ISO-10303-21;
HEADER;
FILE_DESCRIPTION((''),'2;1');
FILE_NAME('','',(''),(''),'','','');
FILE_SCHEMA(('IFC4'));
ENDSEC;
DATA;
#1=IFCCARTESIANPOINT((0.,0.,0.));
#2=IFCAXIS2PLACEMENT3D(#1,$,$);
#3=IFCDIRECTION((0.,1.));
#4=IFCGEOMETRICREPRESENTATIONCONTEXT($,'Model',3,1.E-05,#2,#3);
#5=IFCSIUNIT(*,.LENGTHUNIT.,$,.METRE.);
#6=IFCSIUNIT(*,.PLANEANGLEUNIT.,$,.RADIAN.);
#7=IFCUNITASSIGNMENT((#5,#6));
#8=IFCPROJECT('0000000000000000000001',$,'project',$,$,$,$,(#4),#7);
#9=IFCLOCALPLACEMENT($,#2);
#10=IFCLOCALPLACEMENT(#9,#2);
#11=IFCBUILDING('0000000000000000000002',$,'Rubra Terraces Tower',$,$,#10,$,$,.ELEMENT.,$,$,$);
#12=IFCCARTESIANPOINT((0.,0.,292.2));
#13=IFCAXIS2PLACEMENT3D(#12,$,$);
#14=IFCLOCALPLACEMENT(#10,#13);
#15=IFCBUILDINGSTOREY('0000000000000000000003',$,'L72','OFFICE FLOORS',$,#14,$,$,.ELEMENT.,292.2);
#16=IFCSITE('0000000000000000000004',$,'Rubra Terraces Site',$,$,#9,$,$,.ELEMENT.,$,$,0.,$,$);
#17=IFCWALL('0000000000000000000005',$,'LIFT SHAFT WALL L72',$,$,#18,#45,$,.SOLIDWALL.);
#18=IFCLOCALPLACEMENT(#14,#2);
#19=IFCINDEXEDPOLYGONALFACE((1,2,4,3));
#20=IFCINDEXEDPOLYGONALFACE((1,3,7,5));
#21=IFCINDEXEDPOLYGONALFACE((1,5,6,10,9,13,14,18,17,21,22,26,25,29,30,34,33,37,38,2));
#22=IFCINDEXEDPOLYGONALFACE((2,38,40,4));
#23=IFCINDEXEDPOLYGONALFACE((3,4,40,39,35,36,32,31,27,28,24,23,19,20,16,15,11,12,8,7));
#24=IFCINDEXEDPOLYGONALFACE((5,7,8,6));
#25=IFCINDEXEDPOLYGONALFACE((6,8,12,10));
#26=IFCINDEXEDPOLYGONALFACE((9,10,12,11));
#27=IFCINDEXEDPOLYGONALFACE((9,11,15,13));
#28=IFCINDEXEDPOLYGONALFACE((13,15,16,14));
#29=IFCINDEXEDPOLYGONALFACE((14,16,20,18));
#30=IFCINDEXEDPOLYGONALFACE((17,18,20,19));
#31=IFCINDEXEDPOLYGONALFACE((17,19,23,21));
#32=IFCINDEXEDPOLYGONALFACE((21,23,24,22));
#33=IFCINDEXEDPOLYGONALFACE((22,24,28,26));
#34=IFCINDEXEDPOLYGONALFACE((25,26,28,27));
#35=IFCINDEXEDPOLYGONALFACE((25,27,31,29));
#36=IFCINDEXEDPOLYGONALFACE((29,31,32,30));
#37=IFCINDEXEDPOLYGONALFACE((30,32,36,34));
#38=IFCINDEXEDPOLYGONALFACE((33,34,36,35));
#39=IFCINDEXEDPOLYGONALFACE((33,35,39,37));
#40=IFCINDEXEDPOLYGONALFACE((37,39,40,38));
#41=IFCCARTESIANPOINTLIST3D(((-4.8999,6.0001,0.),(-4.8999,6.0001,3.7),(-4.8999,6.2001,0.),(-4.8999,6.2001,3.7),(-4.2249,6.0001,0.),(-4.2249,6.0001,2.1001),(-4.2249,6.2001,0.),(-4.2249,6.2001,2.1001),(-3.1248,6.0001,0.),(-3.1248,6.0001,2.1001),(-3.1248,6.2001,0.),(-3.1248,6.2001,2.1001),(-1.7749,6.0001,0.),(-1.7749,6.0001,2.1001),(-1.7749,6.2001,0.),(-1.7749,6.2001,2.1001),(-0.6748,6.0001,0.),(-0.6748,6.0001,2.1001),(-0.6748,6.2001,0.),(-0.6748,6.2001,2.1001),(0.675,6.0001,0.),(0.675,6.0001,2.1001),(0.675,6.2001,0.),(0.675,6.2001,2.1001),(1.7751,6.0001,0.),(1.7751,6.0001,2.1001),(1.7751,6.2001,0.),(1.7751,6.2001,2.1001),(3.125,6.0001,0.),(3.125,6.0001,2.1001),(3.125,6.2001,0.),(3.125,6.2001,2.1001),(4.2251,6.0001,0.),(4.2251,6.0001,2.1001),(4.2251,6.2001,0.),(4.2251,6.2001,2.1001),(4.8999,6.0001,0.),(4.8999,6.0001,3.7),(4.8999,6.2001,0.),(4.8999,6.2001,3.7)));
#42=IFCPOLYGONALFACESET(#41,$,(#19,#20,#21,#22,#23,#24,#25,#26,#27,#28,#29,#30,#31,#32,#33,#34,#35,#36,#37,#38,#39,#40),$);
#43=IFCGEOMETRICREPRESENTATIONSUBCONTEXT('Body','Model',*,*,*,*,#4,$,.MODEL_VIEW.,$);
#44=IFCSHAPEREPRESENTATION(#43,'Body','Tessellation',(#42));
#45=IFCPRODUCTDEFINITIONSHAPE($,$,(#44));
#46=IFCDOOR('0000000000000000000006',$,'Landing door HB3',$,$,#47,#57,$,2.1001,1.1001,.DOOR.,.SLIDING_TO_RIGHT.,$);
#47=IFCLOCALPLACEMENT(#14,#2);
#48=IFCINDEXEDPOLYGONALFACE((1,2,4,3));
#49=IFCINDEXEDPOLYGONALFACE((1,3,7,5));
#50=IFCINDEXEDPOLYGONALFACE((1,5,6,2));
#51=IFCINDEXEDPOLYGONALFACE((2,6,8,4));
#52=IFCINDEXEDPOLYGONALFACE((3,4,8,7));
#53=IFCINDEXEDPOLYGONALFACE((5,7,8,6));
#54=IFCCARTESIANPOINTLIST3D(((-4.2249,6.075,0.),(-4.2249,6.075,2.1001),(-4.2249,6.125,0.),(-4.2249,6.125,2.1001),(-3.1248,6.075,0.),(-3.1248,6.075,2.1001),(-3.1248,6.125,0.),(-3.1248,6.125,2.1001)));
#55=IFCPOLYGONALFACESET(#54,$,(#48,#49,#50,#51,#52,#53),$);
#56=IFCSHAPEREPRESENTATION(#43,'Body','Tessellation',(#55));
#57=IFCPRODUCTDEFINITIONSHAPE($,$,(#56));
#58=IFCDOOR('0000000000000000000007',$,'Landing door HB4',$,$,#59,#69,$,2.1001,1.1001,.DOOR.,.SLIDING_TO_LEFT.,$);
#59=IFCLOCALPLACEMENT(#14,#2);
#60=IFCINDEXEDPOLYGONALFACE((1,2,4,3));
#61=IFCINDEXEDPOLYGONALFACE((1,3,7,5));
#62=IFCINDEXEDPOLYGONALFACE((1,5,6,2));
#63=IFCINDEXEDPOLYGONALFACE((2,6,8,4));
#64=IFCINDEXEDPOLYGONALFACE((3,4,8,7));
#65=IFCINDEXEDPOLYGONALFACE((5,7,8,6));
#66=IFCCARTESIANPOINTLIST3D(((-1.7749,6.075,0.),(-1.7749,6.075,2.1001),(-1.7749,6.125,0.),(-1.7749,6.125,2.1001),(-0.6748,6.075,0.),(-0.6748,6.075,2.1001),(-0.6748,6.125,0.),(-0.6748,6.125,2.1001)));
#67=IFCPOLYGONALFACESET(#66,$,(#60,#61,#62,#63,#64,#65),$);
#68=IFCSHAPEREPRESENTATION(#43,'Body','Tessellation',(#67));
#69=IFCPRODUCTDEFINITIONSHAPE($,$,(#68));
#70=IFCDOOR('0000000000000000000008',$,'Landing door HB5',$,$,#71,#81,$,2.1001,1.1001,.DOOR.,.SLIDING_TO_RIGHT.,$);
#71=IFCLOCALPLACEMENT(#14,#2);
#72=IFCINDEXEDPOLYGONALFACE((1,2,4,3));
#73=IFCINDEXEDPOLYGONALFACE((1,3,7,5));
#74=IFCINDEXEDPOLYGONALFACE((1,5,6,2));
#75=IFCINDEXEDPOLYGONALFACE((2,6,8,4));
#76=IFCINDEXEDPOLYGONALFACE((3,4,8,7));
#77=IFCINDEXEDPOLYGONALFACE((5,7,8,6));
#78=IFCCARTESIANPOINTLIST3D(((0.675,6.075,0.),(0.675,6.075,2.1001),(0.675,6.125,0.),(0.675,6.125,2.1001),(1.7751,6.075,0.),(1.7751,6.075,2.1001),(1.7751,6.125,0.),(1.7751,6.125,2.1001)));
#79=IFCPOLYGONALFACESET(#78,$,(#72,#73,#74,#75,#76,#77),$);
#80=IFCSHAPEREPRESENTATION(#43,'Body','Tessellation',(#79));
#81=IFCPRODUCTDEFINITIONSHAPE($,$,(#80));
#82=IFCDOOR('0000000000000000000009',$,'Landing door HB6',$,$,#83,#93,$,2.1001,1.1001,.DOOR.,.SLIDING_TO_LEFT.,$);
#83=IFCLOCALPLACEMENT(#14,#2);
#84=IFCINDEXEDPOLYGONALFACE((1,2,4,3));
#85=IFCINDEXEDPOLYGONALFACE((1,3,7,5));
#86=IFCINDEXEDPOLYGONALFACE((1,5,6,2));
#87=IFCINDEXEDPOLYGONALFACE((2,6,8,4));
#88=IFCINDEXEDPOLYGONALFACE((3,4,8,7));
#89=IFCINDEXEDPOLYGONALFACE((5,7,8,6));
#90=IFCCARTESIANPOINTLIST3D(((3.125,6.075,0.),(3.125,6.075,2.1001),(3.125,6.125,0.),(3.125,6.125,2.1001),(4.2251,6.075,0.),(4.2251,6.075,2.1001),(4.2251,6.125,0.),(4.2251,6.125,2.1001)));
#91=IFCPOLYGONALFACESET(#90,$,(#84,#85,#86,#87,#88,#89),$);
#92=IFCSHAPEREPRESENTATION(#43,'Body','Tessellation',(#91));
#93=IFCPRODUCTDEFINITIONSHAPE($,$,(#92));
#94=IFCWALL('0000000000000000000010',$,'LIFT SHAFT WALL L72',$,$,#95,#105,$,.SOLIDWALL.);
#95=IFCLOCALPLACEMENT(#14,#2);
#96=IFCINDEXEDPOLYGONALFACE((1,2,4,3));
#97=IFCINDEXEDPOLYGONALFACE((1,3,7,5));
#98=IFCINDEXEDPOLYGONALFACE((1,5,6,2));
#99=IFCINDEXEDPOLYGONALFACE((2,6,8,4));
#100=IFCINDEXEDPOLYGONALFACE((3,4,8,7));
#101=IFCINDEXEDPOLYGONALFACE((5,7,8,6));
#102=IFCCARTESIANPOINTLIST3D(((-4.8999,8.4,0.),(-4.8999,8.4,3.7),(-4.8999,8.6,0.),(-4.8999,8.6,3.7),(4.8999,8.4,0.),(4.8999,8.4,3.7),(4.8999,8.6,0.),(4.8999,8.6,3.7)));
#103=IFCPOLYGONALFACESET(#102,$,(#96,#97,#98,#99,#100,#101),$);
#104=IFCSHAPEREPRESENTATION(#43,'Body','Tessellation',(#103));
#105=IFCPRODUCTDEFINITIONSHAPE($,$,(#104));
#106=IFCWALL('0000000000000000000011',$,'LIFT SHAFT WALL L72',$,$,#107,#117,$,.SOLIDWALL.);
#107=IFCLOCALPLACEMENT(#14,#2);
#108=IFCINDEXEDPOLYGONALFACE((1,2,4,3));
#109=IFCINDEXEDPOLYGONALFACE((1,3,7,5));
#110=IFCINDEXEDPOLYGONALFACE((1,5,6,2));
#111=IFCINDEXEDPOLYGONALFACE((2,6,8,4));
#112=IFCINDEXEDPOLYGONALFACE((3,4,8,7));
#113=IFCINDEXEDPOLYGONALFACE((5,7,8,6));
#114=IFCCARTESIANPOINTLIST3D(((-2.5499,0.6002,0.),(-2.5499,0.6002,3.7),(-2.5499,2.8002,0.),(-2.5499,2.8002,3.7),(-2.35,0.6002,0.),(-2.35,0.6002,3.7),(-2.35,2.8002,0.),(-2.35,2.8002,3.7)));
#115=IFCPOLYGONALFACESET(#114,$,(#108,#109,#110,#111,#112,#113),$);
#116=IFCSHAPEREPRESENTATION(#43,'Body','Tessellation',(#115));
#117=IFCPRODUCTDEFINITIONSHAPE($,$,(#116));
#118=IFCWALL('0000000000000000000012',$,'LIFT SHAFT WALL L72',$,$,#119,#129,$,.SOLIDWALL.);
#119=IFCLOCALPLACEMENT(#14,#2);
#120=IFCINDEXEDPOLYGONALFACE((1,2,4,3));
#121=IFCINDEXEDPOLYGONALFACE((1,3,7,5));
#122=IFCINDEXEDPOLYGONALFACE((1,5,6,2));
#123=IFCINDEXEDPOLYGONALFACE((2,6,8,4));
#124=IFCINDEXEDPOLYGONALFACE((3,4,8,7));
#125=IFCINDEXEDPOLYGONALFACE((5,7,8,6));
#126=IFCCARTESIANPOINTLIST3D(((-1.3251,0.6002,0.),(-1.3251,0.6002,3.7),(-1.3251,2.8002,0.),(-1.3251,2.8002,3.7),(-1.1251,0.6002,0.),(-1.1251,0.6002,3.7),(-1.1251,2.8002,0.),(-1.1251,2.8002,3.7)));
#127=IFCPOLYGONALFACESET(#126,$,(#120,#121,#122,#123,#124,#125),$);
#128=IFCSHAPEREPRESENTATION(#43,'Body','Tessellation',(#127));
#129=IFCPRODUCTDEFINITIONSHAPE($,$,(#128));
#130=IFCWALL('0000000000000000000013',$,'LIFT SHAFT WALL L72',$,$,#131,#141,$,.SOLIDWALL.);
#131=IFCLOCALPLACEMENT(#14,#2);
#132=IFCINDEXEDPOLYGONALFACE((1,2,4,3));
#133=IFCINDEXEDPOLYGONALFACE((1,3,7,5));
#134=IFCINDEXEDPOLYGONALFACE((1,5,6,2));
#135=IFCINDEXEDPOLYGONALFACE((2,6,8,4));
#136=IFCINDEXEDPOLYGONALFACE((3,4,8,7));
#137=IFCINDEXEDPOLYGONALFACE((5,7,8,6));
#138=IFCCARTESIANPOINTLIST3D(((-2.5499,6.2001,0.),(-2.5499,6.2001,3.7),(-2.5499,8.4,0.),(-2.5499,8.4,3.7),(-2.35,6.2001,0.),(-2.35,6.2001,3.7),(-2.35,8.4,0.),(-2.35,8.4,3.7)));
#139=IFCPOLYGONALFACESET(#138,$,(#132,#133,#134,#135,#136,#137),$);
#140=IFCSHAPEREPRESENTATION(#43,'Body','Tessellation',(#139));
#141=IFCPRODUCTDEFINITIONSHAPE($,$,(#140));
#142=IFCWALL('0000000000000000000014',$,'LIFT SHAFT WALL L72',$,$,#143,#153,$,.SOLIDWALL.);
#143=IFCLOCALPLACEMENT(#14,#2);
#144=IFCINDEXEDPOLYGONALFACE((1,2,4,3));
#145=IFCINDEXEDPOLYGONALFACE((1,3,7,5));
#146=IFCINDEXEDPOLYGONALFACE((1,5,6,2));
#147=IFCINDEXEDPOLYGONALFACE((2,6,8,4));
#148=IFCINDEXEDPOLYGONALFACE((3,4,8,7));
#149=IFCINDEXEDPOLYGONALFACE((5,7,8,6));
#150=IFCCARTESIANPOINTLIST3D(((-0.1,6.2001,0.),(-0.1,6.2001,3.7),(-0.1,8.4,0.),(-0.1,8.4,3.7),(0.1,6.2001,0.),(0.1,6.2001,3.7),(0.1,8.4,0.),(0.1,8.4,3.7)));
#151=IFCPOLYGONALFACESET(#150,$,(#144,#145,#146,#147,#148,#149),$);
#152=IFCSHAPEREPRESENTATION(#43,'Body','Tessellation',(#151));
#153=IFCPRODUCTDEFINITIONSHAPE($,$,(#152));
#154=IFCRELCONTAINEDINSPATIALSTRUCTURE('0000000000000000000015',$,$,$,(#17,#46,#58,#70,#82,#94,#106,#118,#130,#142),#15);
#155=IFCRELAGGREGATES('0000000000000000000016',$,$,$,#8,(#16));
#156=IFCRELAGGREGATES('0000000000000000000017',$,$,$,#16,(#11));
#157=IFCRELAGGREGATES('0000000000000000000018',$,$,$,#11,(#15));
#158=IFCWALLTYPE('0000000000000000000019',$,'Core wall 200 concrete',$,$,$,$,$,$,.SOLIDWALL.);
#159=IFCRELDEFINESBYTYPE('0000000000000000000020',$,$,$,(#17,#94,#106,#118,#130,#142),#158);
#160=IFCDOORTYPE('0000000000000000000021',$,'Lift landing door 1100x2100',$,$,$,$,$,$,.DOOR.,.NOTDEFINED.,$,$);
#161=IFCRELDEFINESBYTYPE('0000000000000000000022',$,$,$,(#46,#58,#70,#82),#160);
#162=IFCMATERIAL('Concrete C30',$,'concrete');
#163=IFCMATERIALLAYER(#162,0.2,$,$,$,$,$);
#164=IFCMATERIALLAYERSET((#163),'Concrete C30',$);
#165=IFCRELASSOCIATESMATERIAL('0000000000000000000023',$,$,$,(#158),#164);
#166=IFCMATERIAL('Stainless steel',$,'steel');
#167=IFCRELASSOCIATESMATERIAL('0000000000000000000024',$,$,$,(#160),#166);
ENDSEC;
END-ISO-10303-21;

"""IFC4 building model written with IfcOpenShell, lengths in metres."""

from ifc_helpers import new_model, si_unit, direction, frame, frame_2d, origin, place, context, subcontext, project, spatial, rectangle, extrude, material, layer, layer_set, type_object, element, fill, save


model = new_model("IFC4")

# Units and contexts
model_context = context("Model", 3, precision=1e-05, world=origin(), true_north=direction((0.0, 1.0)))
body_context = subcontext(model_context, "Body", "Model", "MODEL_VIEW")
ifc_project = project(units=[si_unit("LENGTHUNIT", "METRE"), si_unit("PLANEANGLEUNIT", "RADIAN")], contexts=[model_context])

# Site, building, storey
site_placement = place(None, origin())
site = spatial("IfcSite", under=ifc_project, at=site_placement, Name="Rubra Terraces Site", CompositionType="ELEMENT", RefElevation=0.0)
building_placement = place(site_placement, origin())
building = spatial("IfcBuilding", under=site, at=building_placement, Name="Rubra Terraces Tower", CompositionType="ELEMENT")
storey_placement = place(building_placement, frame((0.0, 0.0, 292.2)))
storey = spatial("IfcBuildingStorey", under=building, at=storey_placement, Name="L72", Description="OFFICE FLOORS", CompositionType="ELEMENT", Elevation=292.2)

# Shared definitions
ifc_material_1 = material(Name="Concrete C30", Category="concrete")
ifc_layer_1 = layer(ifc_material_1, 0.2)
ifc_layer_set_1 = layer_set([ifc_layer_1], Name="Concrete C30")
wall_type = type_object("IfcWallType", Name="Core wall 200 concrete", PredefinedType="SOLIDWALL", material=ifc_layer_set_1)

# Wall, openings, doors
ifc_material_2 = material(Name="Stainless steel", Category="steel")
door_type_1 = type_object("IfcDoorType", Name="Lift landing door 1100x2100", OperationType="NOTDEFINED", PredefinedType="DOOR", material=ifc_material_2)
wall_1_placement = place(storey_placement, frame((-4.8999, 6.1001, 0.0), z_axis=(0.0, 0.0, 1.0), x_axis=(1.0, 0.0, 0.0)))
wall_1 = element("IfcWall", 1, at=wall_1_placement, inside=storey, type_object=wall_type, Name="LIFT SHAFT WALL L72", PredefinedType="SOLIDWALL", context=body_context, shape_type="SweptSolid", body=[
    extrude(rectangle(XDim=9.7998, YDim=0.2, at=frame_2d((4.8999, 0.0))), origin(), (0.0, 0.0, 1.0), 3.7),
])
opening_1_placement = place(wall_1_placement, frame((0.675, 0.0, 0.0)))
opening_1 = element("IfcOpeningElement", 2, at=opening_1_placement, cuts=wall_1, PredefinedType="OPENING", context=body_context, shape_type="SweptSolid", body=[
    extrude(rectangle(XDim=1.1001, YDim=2.1001, at=frame_2d((0.55, 1.05))), frame((0.0, 0.1099, 0.0), z_axis=(0.0, -1.0, 0.0), x_axis=(1.0, 0.0, 0.0)), (0.0, 0.0, 1.0), 0.22),
])
opening_2_placement = place(wall_1_placement, frame((3.125, 0.0, 0.0)))
opening_2 = element("IfcOpeningElement", 3, at=opening_2_placement, cuts=wall_1, PredefinedType="OPENING", context=body_context, shape_type="SweptSolid", body=[
    extrude(rectangle(XDim=1.1001, YDim=2.1001, at=frame_2d((0.55, 1.05))), frame((0.0, 0.1099, 0.0), z_axis=(0.0, -1.0, 0.0), x_axis=(1.0, 0.0, 0.0)), (0.0, 0.0, 1.0), 0.22),
])
opening_3_placement = place(wall_1_placement, frame((5.575, 0.0, 0.0)))
opening_3 = element("IfcOpeningElement", 4, at=opening_3_placement, cuts=wall_1, PredefinedType="OPENING", context=body_context, shape_type="SweptSolid", body=[
    extrude(rectangle(XDim=1.1001, YDim=2.1001, at=frame_2d((0.55, 1.05))), frame((0.0, 0.1099, 0.0), z_axis=(0.0, -1.0, 0.0), x_axis=(1.0, 0.0, 0.0)), (0.0, 0.0, 1.0), 0.22),
])
opening_4_placement = place(wall_1_placement, frame((8.0249, 0.0, 0.0)))
opening_4 = element("IfcOpeningElement", 5, at=opening_4_placement, cuts=wall_1, PredefinedType="OPENING", context=body_context, shape_type="SweptSolid", body=[
    extrude(rectangle(XDim=1.1001, YDim=2.1001, at=frame_2d((0.55, 1.05))), frame((0.0, 0.1099, 0.0), z_axis=(0.0, -1.0, 0.0), x_axis=(1.0, 0.0, 0.0)), (0.0, 0.0, 1.0), 0.22),
])
door_1_placement = place(opening_1_placement, origin())
door_1 = element("IfcDoor", 6, at=door_1_placement, inside=storey, type_object=door_type_1, Name="Landing door HB3", OperationType="SLIDING_TO_RIGHT", OverallHeight=2.1001, OverallWidth=1.1001, PredefinedType="DOOR", context=body_context, shape_type="SweptSolid", body=[
    extrude(rectangle(XDim=1.1001, YDim=2.1001, at=frame_2d((0.55, 1.05))), frame((0.0, 0.0249, 0.0), z_axis=(0.0, -1.0, 0.0), x_axis=(1.0, 0.0, 0.0)), (0.0, 0.0, 1.0), 0.05),
])
fill(opening_1, door_1)
door_2_placement = place(opening_2_placement, origin())
door_2 = element("IfcDoor", 7, at=door_2_placement, inside=storey, type_object=door_type_1, Name="Landing door HB4", OperationType="SLIDING_TO_LEFT", OverallHeight=2.1001, OverallWidth=1.1001, PredefinedType="DOOR", context=body_context, shape_type="SweptSolid", body=[
    extrude(rectangle(XDim=1.1001, YDim=2.1001, at=frame_2d((0.55, 1.05))), frame((0.0, 0.0249, 0.0), z_axis=(0.0, -1.0, 0.0), x_axis=(1.0, 0.0, 0.0)), (0.0, 0.0, 1.0), 0.05),
])
fill(opening_2, door_2)
door_3_placement = place(opening_3_placement, origin())
door_3 = element("IfcDoor", 8, at=door_3_placement, inside=storey, type_object=door_type_1, Name="Landing door HB5", OperationType="SLIDING_TO_RIGHT", OverallHeight=2.1001, OverallWidth=1.1001, PredefinedType="DOOR", context=body_context, shape_type="SweptSolid", body=[
    extrude(rectangle(XDim=1.1001, YDim=2.1001, at=frame_2d((0.55, 1.05))), frame((0.0, 0.0249, 0.0), z_axis=(0.0, -1.0, 0.0), x_axis=(1.0, 0.0, 0.0)), (0.0, 0.0, 1.0), 0.05),
])
fill(opening_3, door_3)
door_4_placement = place(opening_4_placement, origin())
door_4 = element("IfcDoor", 9, at=door_4_placement, inside=storey, type_object=door_type_1, Name="Landing door HB6", OperationType="SLIDING_TO_LEFT", OverallHeight=2.1001, OverallWidth=1.1001, PredefinedType="DOOR", context=body_context, shape_type="SweptSolid", body=[
    extrude(rectangle(XDim=1.1001, YDim=2.1001, at=frame_2d((0.55, 1.05))), frame((0.0, 0.0249, 0.0), z_axis=(0.0, -1.0, 0.0), x_axis=(1.0, 0.0, 0.0)), (0.0, 0.0, 1.0), 0.05),
])
fill(opening_4, door_4)

# Walls
wall_2_placement = place(storey_placement, frame((-4.8999, 8.5, 0.0), z_axis=(0.0, 0.0, 1.0), x_axis=(1.0, 0.0, 0.0)))
element("IfcWall", 10, at=wall_2_placement, inside=storey, type_object=wall_type, Name="LIFT SHAFT WALL L72", PredefinedType="SOLIDWALL", context=body_context, shape_type="SweptSolid", body=[
    extrude(rectangle(XDim=9.7998, YDim=0.2, at=frame_2d((4.8999, 0.0))), origin(), (0.0, 0.0, 1.0), 3.7),
])
for number, where, z_axis, x_axis, name in (
    (11, (-2.45, 0.6001, 0.0), (0.0, 0.0, 1.0), (0.0, 1.0, 0.0), "LIFT SHAFT WALL L72"),
    (12, (-1.2251, 0.6001, 0.0), (0.0, 0.0, 1.0), (0.0, 1.0, 0.0), "LIFT SHAFT WALL L72"),
    (13, (-2.45, 6.2, 0.0), (0.0, 0.0, 1.0), (0.0, 1.0, 0.0), "LIFT SHAFT WALL L72"),
    (14, (0.0, 6.2, 0.0), (0.0, 0.0, 1.0), (0.0, 1.0, 0.0), "LIFT SHAFT WALL L72"),
):
    element("IfcWall", number, at=place(storey_placement, frame(where, z_axis=z_axis, x_axis=x_axis)), inside=storey, type_object=wall_type, Name=name, PredefinedType="SOLIDWALL", context=body_context, shape_type="SweptSolid", body=[
        extrude(rectangle(XDim=2.2, YDim=0.2, at=frame_2d((1.1001, 0.0))), origin(), (0.0, 0.0, 1.0), 3.7),
    ])

save(model, "model.ifc")
